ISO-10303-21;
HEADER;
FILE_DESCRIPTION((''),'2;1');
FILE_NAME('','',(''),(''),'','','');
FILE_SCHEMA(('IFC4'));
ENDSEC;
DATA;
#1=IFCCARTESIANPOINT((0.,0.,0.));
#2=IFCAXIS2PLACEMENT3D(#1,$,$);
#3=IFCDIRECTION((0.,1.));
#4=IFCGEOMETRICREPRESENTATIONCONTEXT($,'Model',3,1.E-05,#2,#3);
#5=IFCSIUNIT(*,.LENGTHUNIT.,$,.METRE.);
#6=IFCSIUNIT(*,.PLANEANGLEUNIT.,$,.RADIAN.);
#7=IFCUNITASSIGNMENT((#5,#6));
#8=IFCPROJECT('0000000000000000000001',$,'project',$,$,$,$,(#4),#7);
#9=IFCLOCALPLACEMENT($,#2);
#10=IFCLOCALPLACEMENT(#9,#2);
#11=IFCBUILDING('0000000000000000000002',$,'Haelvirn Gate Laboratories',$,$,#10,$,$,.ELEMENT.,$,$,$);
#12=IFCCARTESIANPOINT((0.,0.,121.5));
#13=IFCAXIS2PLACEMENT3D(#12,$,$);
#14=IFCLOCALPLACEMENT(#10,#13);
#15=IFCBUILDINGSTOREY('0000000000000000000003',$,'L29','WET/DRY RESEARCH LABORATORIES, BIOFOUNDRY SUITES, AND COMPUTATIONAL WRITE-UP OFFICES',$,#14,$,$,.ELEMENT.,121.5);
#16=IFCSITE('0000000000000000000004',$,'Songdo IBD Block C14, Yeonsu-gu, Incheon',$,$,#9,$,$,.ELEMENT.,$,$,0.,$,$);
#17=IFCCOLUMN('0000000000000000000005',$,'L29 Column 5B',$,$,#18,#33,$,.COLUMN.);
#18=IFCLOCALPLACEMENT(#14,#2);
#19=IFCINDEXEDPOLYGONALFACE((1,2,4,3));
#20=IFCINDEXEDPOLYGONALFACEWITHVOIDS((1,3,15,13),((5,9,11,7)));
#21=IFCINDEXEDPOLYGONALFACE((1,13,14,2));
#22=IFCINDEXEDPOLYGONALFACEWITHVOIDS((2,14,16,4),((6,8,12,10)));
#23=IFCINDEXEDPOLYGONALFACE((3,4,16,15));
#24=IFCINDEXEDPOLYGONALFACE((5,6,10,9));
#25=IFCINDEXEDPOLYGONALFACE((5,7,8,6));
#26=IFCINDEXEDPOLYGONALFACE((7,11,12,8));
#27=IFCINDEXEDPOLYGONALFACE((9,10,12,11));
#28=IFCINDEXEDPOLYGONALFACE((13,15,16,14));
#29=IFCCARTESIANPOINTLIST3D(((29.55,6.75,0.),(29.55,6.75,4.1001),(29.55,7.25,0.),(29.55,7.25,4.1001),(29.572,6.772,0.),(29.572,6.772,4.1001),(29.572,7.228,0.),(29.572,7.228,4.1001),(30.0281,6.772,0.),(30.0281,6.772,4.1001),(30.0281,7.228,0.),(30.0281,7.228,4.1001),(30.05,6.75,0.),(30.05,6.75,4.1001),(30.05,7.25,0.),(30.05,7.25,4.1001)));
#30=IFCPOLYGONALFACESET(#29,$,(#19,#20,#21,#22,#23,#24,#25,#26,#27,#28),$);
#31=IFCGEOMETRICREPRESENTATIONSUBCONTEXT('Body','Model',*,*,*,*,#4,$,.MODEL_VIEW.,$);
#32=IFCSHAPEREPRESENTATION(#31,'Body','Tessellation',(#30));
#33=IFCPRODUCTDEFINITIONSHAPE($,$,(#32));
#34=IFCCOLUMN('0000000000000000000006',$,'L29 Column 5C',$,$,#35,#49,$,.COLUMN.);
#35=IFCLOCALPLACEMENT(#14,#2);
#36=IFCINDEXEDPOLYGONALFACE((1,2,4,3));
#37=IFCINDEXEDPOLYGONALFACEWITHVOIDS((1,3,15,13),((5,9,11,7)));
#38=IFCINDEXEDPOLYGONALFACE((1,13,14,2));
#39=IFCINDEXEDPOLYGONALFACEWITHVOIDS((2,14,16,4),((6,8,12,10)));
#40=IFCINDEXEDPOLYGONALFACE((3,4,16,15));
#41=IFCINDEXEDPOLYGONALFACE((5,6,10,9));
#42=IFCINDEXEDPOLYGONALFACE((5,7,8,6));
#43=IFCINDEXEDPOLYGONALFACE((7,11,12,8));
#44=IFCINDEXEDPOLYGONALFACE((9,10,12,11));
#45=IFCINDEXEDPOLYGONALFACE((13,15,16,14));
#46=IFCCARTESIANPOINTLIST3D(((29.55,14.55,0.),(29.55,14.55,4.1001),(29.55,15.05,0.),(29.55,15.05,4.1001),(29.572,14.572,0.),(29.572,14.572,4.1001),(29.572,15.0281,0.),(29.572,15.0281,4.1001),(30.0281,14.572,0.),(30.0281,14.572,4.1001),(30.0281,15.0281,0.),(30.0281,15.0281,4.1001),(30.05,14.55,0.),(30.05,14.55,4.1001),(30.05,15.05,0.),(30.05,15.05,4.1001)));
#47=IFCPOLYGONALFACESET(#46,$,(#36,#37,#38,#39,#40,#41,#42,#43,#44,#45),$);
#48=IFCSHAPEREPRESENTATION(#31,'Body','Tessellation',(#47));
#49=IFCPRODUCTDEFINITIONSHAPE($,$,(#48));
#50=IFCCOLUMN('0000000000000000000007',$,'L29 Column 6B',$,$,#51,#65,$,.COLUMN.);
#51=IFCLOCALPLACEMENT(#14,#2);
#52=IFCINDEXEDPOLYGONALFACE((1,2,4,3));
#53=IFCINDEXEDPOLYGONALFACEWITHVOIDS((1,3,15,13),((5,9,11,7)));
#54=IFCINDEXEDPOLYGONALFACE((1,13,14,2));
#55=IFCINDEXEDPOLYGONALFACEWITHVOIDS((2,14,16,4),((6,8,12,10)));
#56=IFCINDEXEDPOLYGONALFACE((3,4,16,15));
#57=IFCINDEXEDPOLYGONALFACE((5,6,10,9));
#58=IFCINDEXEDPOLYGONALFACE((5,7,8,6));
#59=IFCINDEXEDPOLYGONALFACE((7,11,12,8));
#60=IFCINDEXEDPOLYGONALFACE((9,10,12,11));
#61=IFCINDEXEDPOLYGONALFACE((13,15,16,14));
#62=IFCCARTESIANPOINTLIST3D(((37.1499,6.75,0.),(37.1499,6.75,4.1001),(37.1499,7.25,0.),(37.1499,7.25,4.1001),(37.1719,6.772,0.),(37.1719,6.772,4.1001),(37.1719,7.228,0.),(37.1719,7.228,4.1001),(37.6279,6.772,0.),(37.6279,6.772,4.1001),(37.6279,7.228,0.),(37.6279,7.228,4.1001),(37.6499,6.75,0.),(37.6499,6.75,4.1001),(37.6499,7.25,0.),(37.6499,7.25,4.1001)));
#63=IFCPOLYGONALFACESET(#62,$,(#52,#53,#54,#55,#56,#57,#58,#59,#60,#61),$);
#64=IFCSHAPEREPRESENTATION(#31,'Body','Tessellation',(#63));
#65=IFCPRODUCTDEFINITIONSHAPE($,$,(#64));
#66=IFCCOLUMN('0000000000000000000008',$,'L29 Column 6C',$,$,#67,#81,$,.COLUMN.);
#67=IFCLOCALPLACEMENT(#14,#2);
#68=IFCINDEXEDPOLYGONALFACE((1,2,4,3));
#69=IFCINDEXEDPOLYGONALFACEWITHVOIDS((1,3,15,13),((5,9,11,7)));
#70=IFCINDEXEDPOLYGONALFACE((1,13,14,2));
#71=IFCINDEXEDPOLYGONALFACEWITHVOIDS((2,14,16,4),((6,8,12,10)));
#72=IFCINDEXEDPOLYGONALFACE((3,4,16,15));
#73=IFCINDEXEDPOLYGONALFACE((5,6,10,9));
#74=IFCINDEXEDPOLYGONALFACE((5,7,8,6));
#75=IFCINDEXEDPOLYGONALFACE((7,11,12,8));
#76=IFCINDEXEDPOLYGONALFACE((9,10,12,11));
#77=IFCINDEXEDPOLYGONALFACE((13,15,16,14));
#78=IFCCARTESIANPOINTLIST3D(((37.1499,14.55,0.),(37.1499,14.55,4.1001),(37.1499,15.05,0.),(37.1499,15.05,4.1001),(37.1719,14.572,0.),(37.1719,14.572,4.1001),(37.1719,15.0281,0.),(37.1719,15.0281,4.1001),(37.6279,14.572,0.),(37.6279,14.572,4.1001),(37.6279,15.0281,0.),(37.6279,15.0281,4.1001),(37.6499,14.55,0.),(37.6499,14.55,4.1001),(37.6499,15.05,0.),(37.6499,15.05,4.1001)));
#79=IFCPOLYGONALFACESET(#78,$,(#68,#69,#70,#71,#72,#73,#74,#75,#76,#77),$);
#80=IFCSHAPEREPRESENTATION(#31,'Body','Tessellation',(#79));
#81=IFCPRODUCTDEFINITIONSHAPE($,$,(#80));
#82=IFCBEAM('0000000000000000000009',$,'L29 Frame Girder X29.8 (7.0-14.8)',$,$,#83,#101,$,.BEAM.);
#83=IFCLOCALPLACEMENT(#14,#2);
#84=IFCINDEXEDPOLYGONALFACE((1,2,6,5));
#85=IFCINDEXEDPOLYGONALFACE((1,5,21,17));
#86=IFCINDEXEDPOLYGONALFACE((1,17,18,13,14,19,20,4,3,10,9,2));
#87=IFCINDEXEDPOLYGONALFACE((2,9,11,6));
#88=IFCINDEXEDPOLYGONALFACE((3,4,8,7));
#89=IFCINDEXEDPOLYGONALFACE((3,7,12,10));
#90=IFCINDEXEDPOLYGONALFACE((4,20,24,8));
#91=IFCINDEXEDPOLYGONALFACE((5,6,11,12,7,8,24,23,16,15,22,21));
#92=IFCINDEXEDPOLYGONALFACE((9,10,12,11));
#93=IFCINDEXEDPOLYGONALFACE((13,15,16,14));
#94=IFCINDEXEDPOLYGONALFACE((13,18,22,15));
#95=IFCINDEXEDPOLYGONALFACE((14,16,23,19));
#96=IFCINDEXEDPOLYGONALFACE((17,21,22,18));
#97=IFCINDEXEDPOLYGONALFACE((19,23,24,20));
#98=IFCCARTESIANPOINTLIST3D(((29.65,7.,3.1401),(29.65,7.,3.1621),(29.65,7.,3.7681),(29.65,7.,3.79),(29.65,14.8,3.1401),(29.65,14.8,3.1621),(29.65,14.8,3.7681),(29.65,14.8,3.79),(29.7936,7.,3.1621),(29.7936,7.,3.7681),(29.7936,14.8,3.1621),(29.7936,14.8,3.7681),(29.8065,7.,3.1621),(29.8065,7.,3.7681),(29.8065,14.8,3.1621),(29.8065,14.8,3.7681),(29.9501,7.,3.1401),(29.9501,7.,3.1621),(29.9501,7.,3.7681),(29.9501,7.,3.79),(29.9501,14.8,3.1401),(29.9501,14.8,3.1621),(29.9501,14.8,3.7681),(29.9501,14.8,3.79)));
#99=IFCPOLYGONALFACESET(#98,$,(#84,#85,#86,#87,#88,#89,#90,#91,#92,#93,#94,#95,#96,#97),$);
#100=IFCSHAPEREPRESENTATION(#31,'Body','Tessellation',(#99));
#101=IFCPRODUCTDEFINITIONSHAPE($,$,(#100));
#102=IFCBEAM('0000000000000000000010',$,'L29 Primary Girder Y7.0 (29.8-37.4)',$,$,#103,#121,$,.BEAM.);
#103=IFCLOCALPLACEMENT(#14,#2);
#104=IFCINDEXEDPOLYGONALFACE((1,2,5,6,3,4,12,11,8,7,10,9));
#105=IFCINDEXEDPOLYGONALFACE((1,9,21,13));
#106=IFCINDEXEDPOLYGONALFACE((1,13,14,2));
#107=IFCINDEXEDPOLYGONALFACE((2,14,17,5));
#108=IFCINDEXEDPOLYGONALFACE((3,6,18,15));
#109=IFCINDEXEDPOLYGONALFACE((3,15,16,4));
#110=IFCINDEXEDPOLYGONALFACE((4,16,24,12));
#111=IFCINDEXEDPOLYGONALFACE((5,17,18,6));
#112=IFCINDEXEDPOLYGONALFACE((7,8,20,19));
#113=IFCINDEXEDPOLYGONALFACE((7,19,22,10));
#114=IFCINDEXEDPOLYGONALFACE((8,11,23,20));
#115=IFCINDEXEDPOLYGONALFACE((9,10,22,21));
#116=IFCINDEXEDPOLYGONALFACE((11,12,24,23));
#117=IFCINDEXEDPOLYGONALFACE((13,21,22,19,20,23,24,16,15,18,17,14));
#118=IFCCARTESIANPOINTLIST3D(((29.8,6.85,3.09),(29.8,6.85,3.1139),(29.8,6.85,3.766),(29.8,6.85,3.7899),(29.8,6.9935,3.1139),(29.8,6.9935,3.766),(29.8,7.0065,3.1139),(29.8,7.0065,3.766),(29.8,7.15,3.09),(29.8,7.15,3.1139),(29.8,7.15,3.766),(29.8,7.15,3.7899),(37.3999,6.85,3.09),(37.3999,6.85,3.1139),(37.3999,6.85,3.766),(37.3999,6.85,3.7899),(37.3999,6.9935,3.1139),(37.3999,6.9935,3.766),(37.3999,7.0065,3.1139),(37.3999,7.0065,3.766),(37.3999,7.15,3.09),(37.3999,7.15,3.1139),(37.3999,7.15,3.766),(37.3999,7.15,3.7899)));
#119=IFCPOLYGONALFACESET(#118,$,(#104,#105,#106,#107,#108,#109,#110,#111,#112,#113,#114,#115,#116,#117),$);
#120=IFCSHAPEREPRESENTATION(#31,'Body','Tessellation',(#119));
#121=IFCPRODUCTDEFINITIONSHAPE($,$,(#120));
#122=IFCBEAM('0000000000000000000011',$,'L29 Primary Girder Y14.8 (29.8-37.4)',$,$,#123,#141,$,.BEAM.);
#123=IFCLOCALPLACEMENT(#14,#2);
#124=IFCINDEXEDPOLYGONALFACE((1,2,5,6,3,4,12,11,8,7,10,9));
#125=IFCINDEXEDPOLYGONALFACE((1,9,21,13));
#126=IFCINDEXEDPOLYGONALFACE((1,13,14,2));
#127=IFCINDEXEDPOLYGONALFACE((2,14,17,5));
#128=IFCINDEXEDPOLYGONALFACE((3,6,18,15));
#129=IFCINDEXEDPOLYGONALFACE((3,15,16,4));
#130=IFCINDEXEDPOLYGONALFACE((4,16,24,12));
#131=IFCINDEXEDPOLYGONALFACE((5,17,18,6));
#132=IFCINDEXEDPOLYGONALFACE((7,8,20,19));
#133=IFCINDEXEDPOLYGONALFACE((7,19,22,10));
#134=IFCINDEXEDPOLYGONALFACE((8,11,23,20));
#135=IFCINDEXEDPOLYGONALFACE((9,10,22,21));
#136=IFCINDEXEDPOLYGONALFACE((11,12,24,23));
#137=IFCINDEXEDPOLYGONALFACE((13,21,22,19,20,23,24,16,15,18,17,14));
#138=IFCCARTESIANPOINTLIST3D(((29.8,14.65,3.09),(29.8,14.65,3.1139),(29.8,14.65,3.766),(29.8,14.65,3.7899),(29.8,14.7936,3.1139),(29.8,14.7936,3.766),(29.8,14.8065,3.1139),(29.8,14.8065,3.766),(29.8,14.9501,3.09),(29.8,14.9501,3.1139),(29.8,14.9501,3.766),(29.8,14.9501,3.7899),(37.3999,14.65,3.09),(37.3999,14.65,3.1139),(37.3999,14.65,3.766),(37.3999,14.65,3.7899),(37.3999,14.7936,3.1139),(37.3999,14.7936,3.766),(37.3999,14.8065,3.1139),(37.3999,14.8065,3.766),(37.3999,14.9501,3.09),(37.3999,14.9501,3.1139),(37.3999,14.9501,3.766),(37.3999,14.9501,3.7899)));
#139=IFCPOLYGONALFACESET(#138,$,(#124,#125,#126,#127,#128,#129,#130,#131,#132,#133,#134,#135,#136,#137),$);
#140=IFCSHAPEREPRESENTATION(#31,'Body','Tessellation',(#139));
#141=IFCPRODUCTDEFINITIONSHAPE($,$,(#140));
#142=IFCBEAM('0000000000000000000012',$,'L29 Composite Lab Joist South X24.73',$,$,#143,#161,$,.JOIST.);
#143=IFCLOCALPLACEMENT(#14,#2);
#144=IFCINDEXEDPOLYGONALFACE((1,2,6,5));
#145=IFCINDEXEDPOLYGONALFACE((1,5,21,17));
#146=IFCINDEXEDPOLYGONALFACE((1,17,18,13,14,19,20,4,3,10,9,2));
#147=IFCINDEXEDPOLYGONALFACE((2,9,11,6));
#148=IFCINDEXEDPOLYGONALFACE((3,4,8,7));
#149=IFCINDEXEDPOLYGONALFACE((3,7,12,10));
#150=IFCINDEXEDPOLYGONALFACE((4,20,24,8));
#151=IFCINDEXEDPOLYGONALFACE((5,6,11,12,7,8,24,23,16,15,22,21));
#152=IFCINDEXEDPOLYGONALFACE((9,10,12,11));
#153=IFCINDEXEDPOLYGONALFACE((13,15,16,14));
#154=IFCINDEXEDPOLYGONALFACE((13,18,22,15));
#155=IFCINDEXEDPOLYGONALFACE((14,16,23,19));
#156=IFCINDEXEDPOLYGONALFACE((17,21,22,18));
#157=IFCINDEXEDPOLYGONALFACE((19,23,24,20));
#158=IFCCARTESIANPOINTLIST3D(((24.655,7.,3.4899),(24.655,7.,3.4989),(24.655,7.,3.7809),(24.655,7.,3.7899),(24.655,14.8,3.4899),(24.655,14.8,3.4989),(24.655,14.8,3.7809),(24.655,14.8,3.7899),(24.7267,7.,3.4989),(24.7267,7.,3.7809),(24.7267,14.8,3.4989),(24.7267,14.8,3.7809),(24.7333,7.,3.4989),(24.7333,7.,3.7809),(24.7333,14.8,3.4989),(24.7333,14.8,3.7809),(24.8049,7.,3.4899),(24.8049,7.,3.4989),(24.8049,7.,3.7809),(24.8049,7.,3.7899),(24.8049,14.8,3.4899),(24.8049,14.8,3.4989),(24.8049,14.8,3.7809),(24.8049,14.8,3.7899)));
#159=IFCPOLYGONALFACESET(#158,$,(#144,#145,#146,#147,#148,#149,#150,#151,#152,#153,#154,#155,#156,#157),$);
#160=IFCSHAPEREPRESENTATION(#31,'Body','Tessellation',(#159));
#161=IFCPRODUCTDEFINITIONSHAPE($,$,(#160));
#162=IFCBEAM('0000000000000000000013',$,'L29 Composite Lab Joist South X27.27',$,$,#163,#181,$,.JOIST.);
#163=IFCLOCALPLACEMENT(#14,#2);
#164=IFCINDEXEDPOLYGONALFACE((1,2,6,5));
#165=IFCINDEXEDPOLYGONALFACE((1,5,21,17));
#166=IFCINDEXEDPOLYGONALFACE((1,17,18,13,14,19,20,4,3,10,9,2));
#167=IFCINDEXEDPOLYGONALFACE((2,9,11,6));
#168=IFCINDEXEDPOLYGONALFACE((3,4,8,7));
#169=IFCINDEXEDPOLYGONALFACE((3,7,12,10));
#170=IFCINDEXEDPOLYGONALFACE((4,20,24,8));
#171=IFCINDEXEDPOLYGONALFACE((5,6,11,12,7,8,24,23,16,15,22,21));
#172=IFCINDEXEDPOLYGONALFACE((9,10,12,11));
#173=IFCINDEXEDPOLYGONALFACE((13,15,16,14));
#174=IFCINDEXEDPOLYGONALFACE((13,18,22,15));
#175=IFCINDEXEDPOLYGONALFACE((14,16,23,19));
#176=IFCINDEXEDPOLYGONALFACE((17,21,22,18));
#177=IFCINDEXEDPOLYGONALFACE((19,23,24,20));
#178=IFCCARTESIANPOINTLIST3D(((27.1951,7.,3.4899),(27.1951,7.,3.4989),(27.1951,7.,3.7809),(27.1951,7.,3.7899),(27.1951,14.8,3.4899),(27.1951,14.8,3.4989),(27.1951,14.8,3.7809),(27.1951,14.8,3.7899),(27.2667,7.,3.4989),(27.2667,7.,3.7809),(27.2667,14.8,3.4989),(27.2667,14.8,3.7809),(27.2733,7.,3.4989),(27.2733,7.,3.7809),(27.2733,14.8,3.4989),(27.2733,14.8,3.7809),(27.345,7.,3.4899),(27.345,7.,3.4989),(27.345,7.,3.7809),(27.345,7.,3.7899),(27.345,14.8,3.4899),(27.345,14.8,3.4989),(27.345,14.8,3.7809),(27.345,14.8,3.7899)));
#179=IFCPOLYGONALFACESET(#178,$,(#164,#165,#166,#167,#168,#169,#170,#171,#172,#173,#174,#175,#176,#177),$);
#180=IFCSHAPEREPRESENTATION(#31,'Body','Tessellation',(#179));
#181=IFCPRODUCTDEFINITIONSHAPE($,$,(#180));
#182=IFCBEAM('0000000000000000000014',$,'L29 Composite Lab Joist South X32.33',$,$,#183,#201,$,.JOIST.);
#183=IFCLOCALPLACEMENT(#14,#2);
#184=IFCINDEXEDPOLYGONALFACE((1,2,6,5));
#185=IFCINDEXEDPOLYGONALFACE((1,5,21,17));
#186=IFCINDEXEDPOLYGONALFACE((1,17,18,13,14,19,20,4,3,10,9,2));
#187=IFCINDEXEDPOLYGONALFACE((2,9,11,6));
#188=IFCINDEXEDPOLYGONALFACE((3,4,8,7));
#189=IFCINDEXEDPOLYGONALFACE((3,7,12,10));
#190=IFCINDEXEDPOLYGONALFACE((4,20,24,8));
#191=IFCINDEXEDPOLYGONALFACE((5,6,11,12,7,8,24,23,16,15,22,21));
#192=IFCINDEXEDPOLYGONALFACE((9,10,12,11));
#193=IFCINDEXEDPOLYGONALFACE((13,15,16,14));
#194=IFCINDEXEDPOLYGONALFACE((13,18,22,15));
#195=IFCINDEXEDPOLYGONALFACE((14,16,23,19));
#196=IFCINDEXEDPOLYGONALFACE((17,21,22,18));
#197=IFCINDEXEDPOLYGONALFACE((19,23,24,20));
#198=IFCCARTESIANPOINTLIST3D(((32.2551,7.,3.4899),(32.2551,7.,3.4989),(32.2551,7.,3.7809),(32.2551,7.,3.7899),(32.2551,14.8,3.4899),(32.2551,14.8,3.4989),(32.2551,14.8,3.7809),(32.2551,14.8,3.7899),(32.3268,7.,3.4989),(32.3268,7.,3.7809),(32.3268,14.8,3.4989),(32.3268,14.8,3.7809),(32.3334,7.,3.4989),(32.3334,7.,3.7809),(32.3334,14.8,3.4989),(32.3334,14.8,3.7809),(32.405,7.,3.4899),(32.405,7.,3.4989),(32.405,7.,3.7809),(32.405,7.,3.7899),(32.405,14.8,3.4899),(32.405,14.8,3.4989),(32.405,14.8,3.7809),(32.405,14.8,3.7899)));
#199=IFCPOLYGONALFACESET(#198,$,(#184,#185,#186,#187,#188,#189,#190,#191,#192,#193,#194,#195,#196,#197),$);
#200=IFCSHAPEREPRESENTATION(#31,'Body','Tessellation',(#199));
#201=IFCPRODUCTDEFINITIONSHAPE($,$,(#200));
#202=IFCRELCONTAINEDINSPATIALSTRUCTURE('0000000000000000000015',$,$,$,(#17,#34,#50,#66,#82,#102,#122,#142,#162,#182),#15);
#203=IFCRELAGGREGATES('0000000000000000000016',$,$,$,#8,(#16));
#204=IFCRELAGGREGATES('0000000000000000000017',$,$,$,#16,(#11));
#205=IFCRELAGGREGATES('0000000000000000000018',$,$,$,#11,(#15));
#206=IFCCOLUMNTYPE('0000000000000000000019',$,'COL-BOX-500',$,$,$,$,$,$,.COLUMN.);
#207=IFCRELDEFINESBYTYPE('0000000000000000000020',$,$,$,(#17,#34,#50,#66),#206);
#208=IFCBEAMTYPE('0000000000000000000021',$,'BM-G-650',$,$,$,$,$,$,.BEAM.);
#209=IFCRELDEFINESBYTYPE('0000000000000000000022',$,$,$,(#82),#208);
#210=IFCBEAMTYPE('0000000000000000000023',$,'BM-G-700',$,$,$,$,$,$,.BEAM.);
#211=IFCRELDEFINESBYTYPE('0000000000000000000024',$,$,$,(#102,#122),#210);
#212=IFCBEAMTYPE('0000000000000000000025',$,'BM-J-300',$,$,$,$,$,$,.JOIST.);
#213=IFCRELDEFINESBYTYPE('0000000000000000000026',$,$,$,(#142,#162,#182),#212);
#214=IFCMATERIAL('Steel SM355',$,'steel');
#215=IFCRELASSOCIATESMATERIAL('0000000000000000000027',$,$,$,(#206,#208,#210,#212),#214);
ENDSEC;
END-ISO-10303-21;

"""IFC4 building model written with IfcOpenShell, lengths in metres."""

from ifc_helpers import new_model, si_unit, direction, frame, origin, origin_2d, place, context, subcontext, project, spatial, hollow_rectangle, i_section, extrude, source, transform, mapped, material, material_profile, profile_set, type_object, type_shapes, element, save


model = new_model("IFC4")

# Units and contexts
model_context = context("Model", 3, precision=1e-05, world=origin(), true_north=direction((0.0, 1.0)))
body_context = subcontext(model_context, "Body", "Model", "MODEL_VIEW")
ifc_project = project(units=[si_unit("LENGTHUNIT", "METRE"), si_unit("PLANEANGLEUNIT", "RADIAN")], contexts=[model_context])

# Site, building, storey
site_placement = place(None, origin())
site = spatial("IfcSite", under=ifc_project, at=site_placement, Name="Songdo IBD Block C14, Yeonsu-gu, Incheon", CompositionType="ELEMENT", RefElevation=0.0)
building_placement = place(site_placement, origin())
building = spatial("IfcBuilding", under=site, at=building_placement, Name="Haelvirn Gate Laboratories", CompositionType="ELEMENT")
storey_placement = place(building_placement, frame((0.0, 0.0, 121.5)))
storey = spatial("IfcBuildingStorey", under=building, at=storey_placement, Name="L29", Description="WET/DRY RESEARCH LABORATORIES, BIOFOUNDRY SUITES, AND COMPUTATIONAL WRITE-UP OFFICES", CompositionType="ELEMENT", Elevation=121.5)

# Columns
ifc_material_1 = material(Name="Steel SM355", Category="steel")
ifc_material_profile_1 = material_profile(ifc_material_1, hollow_rectangle(XDim=0.5, YDim=0.5, WallThickness=0.022, at=origin_2d()), Name="BOX-500x500x22")
ifc_profile_set_1 = profile_set([ifc_material_profile_1], Name="Steel SM355")
column_type = type_object("IfcColumnType", Name="COL-BOX-500", PredefinedType="COLUMN", material=ifc_profile_set_1)
shared_shape_1 = source(origin(), body_context, "Body", "SweptSolid", [
    extrude(hollow_rectangle(XDim=0.5, YDim=0.5, WallThickness=0.022, at=origin_2d()), origin(), (0.0, 0.0, 1.0), 4.1001),
])
type_shapes(column_type, [shared_shape_1])
for number, where, z_axis, x_axis, name in (
    (1, (29.8, 7.0, 0.0), (0.0, 0.0, 1.0), (1.0, 0.0, 0.0), "L29 Column 5B"),
    (2, (29.8, 14.8, 0.0), (0.0, 0.0, 1.0), (1.0, 0.0, 0.0), "L29 Column 5C"),
    (3, (37.3999, 7.0, 0.0), (0.0, 0.0, 1.0), (1.0, 0.0, 0.0), "L29 Column 6B"),
    (4, (37.3999, 14.8, 0.0), (0.0, 0.0, 1.0), (1.0, 0.0, 0.0), "L29 Column 6C"),
):
    element("IfcColumn", number, at=place(storey_placement, frame(where, z_axis=z_axis, x_axis=x_axis)), inside=storey, type_object=column_type, Name=name, PredefinedType="COLUMN", context=body_context, shape_type="MappedRepresentation", body=[
        mapped(shared_shape_1, transform((0.0, 0.0, 0.0), scale=1.0)),
    ])

# Beams
ifc_material_profile_2 = material_profile(ifc_material_1, i_section(OverallWidth=0.3, OverallDepth=0.6499, WebThickness=0.0129, FlangeThickness=0.022, at=origin_2d()), Name="H-650x300x13x22")
ifc_profile_set_2 = profile_set([ifc_material_profile_2], Name="Steel SM355")
beam_type_1 = type_object("IfcBeamType", Name="BM-G-650", PredefinedType="BEAM", material=ifc_profile_set_2)
shared_shape_2 = source(origin(), body_context, "Body", "SweptSolid", [
    extrude(i_section(OverallWidth=0.3, OverallDepth=0.6499, WebThickness=0.0129, FlangeThickness=0.022, at=origin_2d()), origin(), (0.0, 0.0, 1.0), 7.8),
])
type_shapes(beam_type_1, [shared_shape_2])
beam_placement = place(storey_placement, frame((29.8, 7.0, 3.4651), z_axis=(0.0, 1.0, 0.0), x_axis=(-1.0, 0.0, 0.0)))
element("IfcBeam", 5, at=beam_placement, inside=storey, type_object=beam_type_1, Name="L29 Frame Girder X29.8 (7.0-14.8)", PredefinedType="BEAM", context=body_context, shape_type="MappedRepresentation", body=[
    mapped(shared_shape_2, transform((0.0, 0.0, 0.0), scale=1.0)),
])
ifc_material_profile_3 = material_profile(ifc_material_1, i_section(OverallWidth=0.3, OverallDepth=0.7, WebThickness=0.0129, FlangeThickness=0.0239, at=origin_2d()), Name="H-700x300x13x24")
ifc_profile_set_3 = profile_set([ifc_material_profile_3], Name="Steel SM355")
beam_type_2 = type_object("IfcBeamType", Name="BM-G-700", PredefinedType="BEAM", material=ifc_profile_set_3)
shared_shape_3 = source(origin(), body_context, "Body", "SweptSolid", [
    extrude(i_section(OverallWidth=0.3, OverallDepth=0.7, WebThickness=0.0129, FlangeThickness=0.0239, at=origin_2d()), origin(), (0.0, 0.0, 1.0), 7.5999),
])
type_shapes(beam_type_2, [shared_shape_3])
for number, where, z_axis, x_axis, name in (
    (6, (29.8, 7.0, 3.4399), (1.0, 0.0, 0.0), (0.0, 1.0, 0.0), "L29 Primary Girder Y7.0 (29.8-37.4)"),
    (7, (29.8, 14.8, 3.4399), (1.0, 0.0, 0.0), (0.0, 1.0, 0.0), "L29 Primary Girder Y14.8 (29.8-37.4)"),
):
    element("IfcBeam", number, at=place(storey_placement, frame(where, z_axis=z_axis, x_axis=x_axis)), inside=storey, type_object=beam_type_2, Name=name, PredefinedType="BEAM", context=body_context, shape_type="MappedRepresentation", body=[
        mapped(shared_shape_3, transform((0.0, 0.0, 0.0), scale=1.0)),
    ])
ifc_material_profile_4 = material_profile(ifc_material_1, i_section(OverallWidth=0.1499, OverallDepth=0.3, WebThickness=0.0066, FlangeThickness=0.009, at=origin_2d()), Name="H-300x150x6.5x9")
ifc_profile_set_4 = profile_set([ifc_material_profile_4], Name="Steel SM355")
beam_type_3 = type_object("IfcBeamType", Name="BM-J-300", PredefinedType="JOIST", material=ifc_profile_set_4)
shared_shape_4 = source(origin(), body_context, "Body", "SweptSolid", [
    extrude(i_section(OverallWidth=0.1499, OverallDepth=0.3, WebThickness=0.0066, FlangeThickness=0.009, at=origin_2d()), origin(), (0.0, 0.0, 1.0), 7.8),
])
type_shapes(beam_type_3, [shared_shape_4])
for number, where, z_axis, x_axis, name in (
    (8, (24.73, 7.0, 3.6399), (0.0, 1.0, 0.0), (-1.0, 0.0, 0.0), "L29 Composite Lab Joist South X24.73"),
    (9, (27.27, 7.0, 3.6399), (0.0, 1.0, 0.0), (-1.0, 0.0, 0.0), "L29 Composite Lab Joist South X27.27"),
    (10, (32.3301, 7.0, 3.6399), (0.0, 1.0, 0.0), (-1.0, 0.0, 0.0), "L29 Composite Lab Joist South X32.33"),
):
    element("IfcBeam", number, at=place(storey_placement, frame(where, z_axis=z_axis, x_axis=x_axis)), inside=storey, type_object=beam_type_3, Name=name, PredefinedType="JOIST", context=body_context, shape_type="MappedRepresentation", body=[
        mapped(shared_shape_4, transform((0.0, 0.0, 0.0), scale=1.0)),
    ])

save(model, "model.ifc")
